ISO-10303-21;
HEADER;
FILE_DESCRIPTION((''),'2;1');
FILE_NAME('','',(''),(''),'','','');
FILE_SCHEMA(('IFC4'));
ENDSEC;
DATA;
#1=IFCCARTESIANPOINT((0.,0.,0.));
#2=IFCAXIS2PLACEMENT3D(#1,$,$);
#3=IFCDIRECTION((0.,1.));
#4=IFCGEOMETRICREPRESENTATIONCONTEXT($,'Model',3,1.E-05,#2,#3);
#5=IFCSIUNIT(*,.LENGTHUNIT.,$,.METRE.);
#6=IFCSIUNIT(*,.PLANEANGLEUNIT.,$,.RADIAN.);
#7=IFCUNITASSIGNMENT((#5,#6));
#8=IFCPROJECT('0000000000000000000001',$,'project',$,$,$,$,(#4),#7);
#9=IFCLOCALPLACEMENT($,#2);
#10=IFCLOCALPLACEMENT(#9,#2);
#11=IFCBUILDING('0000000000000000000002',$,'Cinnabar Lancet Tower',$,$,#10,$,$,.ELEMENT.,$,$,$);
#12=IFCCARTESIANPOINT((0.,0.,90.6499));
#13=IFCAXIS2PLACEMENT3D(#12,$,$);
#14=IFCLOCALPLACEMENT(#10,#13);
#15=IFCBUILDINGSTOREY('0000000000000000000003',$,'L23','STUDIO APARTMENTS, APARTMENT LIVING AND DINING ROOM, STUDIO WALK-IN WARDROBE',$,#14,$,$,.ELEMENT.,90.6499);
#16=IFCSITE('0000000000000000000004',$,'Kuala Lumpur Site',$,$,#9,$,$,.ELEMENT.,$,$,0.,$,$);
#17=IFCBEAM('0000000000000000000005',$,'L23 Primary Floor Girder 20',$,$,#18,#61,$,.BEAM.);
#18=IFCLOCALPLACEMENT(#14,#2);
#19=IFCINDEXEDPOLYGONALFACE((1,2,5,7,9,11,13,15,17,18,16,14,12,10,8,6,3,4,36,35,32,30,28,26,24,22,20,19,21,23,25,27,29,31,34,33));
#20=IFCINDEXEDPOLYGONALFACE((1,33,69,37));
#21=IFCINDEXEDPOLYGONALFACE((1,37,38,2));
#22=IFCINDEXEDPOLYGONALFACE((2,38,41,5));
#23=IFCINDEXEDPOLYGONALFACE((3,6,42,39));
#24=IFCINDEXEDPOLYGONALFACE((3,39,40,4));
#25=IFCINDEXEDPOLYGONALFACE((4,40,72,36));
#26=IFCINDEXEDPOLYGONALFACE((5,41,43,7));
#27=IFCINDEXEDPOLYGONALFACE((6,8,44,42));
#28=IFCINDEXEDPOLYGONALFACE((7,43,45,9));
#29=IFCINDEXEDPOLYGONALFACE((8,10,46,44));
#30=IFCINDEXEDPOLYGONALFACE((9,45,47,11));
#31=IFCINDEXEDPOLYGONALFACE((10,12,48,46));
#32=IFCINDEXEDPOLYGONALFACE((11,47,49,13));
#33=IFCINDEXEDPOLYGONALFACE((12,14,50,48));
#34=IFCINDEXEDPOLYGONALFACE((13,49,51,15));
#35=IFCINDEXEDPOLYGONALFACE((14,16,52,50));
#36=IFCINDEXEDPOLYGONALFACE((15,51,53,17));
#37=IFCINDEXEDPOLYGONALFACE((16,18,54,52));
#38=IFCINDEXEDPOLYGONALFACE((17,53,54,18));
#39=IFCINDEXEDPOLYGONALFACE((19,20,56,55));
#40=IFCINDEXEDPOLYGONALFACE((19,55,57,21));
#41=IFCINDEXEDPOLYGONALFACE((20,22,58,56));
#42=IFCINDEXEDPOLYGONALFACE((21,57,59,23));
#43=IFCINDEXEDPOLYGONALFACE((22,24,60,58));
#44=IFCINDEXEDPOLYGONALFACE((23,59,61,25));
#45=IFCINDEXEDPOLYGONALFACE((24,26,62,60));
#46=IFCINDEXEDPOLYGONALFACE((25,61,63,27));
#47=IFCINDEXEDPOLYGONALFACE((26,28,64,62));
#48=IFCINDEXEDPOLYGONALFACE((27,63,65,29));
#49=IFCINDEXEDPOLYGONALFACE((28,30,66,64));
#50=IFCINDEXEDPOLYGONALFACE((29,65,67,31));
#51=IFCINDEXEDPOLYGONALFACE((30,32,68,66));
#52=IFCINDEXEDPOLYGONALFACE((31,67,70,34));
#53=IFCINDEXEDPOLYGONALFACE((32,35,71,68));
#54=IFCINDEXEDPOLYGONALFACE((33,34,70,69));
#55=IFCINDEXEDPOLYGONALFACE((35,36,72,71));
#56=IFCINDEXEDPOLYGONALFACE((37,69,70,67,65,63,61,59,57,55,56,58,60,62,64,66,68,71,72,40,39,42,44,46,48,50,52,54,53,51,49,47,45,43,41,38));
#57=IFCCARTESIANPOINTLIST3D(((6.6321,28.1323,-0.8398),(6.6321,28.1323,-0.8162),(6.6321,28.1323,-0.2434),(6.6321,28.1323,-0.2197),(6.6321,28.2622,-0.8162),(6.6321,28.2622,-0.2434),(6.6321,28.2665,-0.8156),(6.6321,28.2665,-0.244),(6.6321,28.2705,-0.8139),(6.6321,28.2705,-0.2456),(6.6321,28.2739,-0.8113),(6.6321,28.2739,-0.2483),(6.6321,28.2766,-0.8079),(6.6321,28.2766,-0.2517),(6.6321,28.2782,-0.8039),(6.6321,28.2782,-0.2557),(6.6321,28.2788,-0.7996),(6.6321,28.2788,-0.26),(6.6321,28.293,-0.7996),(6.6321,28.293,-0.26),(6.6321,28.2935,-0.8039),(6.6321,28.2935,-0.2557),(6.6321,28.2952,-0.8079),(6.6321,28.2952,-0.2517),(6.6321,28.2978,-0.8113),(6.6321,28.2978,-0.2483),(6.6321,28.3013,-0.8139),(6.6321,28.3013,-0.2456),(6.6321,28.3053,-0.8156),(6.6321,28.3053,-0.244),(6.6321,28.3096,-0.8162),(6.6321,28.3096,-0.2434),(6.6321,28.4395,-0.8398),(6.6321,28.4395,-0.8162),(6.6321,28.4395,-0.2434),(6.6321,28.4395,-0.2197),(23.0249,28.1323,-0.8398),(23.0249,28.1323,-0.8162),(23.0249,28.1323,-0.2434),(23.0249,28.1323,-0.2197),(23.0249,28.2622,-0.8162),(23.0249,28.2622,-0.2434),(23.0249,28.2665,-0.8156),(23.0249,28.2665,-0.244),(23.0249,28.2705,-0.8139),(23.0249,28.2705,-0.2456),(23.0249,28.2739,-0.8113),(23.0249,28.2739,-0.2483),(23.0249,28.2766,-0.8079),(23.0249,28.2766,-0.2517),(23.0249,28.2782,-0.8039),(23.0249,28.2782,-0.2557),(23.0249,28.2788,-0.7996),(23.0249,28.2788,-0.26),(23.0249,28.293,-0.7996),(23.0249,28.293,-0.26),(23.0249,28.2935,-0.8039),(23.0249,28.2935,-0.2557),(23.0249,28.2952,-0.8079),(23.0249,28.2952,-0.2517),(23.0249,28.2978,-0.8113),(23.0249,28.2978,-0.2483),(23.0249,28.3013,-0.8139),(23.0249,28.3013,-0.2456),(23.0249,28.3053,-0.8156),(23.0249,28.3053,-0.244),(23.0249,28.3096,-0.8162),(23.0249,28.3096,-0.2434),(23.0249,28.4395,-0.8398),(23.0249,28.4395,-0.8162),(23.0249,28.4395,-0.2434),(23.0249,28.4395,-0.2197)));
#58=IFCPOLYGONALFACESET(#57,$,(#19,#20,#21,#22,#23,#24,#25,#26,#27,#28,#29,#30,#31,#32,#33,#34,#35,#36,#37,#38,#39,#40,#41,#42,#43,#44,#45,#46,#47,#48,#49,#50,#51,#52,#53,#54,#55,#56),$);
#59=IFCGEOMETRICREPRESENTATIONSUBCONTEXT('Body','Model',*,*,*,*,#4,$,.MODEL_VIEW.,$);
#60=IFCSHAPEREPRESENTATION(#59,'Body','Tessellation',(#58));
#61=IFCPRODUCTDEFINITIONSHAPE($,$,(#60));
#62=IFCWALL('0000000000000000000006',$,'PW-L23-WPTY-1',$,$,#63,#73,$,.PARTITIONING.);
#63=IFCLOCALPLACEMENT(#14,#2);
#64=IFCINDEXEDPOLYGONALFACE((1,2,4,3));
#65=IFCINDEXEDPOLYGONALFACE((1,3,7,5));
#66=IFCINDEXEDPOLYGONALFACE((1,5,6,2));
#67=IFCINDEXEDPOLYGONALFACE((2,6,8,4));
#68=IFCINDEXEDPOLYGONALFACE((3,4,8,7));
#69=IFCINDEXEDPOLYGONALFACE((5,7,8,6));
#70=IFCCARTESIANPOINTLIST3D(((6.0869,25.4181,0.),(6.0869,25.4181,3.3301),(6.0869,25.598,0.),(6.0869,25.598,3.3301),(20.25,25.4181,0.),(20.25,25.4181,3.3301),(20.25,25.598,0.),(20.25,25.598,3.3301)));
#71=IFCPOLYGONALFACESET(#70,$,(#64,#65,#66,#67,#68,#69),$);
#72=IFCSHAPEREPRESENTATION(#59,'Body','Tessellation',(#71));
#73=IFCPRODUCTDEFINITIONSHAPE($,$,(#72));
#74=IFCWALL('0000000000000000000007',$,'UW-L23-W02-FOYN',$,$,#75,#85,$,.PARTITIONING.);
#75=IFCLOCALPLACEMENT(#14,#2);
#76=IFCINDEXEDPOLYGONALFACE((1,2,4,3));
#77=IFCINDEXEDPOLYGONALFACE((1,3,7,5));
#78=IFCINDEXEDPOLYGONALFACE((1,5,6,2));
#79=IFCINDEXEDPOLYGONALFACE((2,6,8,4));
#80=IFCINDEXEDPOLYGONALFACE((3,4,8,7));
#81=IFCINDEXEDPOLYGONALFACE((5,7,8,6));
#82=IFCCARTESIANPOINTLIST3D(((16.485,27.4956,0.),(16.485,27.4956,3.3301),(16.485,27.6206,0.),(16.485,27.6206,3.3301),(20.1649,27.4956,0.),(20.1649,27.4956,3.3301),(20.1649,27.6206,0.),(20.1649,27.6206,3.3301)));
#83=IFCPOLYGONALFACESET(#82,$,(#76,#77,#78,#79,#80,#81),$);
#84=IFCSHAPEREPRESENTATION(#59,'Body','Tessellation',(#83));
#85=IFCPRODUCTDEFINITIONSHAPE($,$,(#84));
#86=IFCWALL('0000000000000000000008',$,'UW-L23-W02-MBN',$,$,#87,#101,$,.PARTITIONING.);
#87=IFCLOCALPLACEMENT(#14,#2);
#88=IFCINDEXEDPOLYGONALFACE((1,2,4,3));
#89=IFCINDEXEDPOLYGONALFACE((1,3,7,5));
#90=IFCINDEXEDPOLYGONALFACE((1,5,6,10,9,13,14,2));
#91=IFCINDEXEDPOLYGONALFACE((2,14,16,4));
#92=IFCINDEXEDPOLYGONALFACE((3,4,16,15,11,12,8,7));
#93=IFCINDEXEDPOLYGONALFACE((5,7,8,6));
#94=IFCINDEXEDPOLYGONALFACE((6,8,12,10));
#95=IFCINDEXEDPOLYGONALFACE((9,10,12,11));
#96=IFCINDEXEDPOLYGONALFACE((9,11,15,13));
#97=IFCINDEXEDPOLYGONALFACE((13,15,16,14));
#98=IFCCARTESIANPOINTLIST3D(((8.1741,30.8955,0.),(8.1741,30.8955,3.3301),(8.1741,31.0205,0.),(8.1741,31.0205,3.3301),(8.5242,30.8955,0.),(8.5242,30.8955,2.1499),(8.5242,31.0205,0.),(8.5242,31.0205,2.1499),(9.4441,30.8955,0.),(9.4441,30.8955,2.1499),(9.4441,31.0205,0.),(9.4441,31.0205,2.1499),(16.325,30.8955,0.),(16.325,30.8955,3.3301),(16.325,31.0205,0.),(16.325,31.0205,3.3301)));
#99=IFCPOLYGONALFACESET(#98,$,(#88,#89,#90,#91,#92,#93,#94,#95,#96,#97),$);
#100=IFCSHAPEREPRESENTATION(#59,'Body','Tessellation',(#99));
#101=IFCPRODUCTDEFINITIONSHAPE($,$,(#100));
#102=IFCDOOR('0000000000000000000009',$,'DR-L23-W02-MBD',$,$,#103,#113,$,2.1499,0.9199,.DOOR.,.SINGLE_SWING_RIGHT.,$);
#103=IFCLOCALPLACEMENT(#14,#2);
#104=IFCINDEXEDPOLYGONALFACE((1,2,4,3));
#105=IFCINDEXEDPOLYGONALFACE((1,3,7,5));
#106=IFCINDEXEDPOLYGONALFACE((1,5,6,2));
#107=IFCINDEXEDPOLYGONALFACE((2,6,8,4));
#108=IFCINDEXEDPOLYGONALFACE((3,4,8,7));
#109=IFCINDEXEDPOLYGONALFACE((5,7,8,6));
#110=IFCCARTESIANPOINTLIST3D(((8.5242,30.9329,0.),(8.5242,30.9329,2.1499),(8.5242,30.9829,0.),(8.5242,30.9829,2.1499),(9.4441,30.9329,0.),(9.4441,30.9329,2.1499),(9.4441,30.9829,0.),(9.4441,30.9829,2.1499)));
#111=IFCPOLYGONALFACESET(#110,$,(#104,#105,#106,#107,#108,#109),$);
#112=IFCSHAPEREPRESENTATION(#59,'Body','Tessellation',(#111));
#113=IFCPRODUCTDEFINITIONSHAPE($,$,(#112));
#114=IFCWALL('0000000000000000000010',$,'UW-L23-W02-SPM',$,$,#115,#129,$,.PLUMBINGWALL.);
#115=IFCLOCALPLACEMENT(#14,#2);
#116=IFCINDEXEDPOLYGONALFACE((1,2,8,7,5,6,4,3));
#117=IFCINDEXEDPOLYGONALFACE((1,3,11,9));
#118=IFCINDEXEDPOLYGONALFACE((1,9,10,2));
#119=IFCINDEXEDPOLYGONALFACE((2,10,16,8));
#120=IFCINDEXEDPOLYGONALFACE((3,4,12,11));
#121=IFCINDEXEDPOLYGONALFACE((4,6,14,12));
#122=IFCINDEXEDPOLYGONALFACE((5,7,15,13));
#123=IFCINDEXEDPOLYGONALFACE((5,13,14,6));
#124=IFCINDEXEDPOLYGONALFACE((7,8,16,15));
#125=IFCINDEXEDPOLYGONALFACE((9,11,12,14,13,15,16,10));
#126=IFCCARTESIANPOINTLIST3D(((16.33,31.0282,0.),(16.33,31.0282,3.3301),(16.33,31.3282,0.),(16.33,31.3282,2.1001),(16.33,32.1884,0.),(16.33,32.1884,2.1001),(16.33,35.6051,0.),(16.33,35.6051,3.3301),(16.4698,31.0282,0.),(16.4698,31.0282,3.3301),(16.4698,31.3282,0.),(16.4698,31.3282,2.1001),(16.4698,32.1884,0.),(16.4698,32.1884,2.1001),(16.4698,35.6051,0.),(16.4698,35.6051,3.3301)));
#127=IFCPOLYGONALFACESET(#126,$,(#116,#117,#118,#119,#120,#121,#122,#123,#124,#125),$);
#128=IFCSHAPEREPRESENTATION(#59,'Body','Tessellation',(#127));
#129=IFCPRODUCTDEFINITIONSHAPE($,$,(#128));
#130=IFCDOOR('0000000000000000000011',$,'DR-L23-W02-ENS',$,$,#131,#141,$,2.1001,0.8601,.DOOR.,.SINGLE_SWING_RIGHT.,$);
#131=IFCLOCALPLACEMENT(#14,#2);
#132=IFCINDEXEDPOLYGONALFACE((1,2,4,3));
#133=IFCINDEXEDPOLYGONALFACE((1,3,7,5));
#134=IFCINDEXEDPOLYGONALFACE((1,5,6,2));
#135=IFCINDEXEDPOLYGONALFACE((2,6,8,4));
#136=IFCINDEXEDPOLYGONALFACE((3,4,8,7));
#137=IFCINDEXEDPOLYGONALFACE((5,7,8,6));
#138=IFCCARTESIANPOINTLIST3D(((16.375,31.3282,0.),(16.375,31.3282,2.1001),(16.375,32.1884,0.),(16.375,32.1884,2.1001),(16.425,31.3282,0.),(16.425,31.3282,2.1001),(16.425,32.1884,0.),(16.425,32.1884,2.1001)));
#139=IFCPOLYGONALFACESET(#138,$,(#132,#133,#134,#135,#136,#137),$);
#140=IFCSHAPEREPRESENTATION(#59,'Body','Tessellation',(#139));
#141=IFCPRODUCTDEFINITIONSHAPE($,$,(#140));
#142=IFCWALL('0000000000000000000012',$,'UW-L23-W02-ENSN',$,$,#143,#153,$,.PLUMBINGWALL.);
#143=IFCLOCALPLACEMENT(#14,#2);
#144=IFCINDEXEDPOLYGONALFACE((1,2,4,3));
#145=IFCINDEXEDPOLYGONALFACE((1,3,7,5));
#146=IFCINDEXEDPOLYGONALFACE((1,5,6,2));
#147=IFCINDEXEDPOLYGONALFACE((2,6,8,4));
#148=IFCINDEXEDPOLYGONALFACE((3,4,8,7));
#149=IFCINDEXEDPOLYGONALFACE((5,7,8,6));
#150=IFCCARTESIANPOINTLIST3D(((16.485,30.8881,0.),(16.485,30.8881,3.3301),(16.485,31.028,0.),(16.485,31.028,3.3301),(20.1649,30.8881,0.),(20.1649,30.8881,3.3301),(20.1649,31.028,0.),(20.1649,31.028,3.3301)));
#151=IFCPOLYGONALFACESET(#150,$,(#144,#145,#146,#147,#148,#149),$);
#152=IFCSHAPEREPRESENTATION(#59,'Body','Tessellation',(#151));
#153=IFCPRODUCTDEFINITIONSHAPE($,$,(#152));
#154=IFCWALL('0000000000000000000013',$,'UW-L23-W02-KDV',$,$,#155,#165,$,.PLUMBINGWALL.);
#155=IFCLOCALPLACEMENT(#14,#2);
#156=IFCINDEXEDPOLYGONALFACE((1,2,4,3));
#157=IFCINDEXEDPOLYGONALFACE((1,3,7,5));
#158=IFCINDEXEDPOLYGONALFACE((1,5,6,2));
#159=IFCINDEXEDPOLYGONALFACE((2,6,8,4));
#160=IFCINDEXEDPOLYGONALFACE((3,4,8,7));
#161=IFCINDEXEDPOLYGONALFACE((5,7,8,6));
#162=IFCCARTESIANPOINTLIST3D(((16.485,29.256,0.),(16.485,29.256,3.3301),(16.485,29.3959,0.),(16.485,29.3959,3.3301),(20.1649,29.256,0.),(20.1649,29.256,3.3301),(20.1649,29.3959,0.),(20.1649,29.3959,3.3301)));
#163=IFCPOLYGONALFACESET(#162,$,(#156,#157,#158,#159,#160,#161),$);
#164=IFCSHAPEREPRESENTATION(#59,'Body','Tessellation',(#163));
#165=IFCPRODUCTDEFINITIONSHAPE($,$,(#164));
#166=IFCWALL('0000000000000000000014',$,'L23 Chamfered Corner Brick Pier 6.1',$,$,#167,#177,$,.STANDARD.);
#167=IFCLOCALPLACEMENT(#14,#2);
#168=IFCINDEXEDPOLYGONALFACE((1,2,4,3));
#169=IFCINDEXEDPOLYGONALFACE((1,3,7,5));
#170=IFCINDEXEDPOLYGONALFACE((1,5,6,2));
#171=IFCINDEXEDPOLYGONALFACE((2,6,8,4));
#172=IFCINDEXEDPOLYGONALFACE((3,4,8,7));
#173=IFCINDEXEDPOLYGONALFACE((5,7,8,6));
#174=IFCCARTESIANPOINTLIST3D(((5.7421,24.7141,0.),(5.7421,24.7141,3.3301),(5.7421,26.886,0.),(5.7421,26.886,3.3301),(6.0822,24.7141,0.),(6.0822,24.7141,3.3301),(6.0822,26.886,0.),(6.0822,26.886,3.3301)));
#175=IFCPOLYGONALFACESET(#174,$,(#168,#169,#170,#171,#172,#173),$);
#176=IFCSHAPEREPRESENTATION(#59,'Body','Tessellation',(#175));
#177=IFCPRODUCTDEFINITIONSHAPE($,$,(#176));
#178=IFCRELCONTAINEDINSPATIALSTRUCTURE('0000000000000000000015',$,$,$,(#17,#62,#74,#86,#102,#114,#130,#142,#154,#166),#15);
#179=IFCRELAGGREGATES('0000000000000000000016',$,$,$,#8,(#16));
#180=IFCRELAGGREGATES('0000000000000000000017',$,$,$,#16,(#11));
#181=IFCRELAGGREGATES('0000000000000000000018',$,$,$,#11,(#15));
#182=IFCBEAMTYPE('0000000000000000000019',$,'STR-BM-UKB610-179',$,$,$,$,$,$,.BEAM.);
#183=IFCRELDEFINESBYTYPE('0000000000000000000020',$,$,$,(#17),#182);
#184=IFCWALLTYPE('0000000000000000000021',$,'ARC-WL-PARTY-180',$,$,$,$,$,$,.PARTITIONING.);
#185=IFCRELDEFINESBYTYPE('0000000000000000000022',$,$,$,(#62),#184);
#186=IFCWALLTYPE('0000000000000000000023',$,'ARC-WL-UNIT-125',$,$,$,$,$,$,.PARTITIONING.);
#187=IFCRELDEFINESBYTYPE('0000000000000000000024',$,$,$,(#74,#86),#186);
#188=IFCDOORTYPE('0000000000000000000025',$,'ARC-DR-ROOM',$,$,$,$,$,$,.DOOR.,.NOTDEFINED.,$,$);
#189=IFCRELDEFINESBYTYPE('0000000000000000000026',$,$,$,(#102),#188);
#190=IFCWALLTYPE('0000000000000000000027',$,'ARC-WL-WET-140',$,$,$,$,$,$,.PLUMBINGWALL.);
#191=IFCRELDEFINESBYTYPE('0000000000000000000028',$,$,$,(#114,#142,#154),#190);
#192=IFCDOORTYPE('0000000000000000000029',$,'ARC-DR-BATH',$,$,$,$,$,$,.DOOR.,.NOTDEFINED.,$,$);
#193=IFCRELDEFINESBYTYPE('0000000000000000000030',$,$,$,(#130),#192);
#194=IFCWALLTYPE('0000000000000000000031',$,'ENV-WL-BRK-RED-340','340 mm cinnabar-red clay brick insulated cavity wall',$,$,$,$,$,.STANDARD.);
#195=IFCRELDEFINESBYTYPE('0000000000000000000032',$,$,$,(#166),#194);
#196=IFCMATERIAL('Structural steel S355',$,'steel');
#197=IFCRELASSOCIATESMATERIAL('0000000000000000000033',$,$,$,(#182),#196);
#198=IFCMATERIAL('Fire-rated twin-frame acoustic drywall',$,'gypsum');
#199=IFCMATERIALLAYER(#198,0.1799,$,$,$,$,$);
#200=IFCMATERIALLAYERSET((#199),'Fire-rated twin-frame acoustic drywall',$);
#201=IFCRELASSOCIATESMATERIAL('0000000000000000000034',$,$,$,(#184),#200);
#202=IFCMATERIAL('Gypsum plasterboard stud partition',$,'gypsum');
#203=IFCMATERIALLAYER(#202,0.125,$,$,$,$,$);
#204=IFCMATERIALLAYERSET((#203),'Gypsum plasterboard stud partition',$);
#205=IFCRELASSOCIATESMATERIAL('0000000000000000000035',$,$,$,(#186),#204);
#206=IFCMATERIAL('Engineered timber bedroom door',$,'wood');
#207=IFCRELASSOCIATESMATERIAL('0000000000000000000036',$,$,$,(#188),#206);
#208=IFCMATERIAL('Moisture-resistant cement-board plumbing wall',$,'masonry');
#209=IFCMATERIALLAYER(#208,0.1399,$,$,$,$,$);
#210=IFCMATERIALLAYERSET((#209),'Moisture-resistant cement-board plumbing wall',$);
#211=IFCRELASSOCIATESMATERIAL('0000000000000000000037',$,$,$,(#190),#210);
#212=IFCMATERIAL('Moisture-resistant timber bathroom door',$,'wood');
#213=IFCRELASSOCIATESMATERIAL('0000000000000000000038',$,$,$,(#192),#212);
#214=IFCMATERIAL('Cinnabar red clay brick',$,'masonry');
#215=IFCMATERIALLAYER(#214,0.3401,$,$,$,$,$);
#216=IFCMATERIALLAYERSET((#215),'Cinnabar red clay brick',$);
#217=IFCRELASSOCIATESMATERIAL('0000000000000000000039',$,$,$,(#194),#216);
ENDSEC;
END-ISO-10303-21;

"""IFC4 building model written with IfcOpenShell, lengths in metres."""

from ifc_helpers import new_model, si_unit, direction, frame, frame_2d, origin, origin_2d, place, context, subcontext, project, spatial, rectangle, i_section, extrude, material, layer, layer_set, material_profile, profile_set, type_object, element, fill, save


model = new_model("IFC4")

# Units and contexts
model_context = context("Model", 3, precision=1e-05, world=origin(), true_north=direction((0.0, 1.0)))
body_context = subcontext(model_context, "Body", "Model", "MODEL_VIEW")
ifc_project = project(units=[si_unit("LENGTHUNIT", "METRE"), si_unit("PLANEANGLEUNIT", "RADIAN")], contexts=[model_context])

# Site, building, storey
site_placement = place(None, origin())
site = spatial("IfcSite", under=ifc_project, at=site_placement, Name="Kuala Lumpur Site", CompositionType="ELEMENT", RefElevation=0.0)
building_placement = place(site_placement, origin())
building = spatial("IfcBuilding", under=site, at=building_placement, Name="Cinnabar Lancet Tower", CompositionType="ELEMENT")
storey_placement = place(building_placement, frame((0.0, 0.0, 90.6499)))
storey = spatial("IfcBuildingStorey", under=building, at=storey_placement, Name="L23", Description="STUDIO APARTMENTS, APARTMENT LIVING AND DINING ROOM, STUDIO WALK-IN WARDROBE", CompositionType="ELEMENT", Elevation=90.6499)

# Beam
ifc_material_1 = material(Name="Structural steel S355", Category="steel")
ifc_material_profile_1 = material_profile(ifc_material_1, i_section(OverallWidth=0.3071, OverallDepth=0.6201, WebThickness=0.0142, FlangeThickness=0.0237, FilletRadius=0.0166, at=origin_2d()), Name="UKB 610x305x179")
ifc_profile_set_1 = profile_set([ifc_material_profile_1], Name="Structural steel S355")
beam_type_1 = type_object("IfcBeamType", Name="STR-BM-UKB610-179", PredefinedType="BEAM", material=ifc_profile_set_1)
beam_1_placement = place(storey_placement, frame((6.6321, 28.2859, -0.5298), z_axis=(1.0, 0.0, 0.0), x_axis=(0.0, 1.0, 0.0)))
element("IfcBeam", 1, at=beam_1_placement, inside=storey, type_object=beam_type_1, Name="L23 Primary Floor Girder 20", PredefinedType="BEAM", context=body_context, shape_type="SweptSolid", body=[
    extrude(i_section(OverallWidth=0.3071, OverallDepth=0.6201, WebThickness=0.0142, FlangeThickness=0.0237, FilletRadius=0.0166, at=origin_2d()), origin(), (0.0, 0.0, 1.0), 16.3928),
])

# Walls
ifc_material_2 = material(Name="Fire-rated twin-frame acoustic drywall", Category="gypsum")
ifc_layer_1 = layer(ifc_material_2, 0.1799)
ifc_layer_set_1 = layer_set([ifc_layer_1], Name="Fire-rated twin-frame acoustic drywall")
wall_type_1 = type_object("IfcWallType", Name="ARC-WL-PARTY-180", PredefinedType="PARTITIONING", material=ifc_layer_set_1)
wall_1_placement = place(storey_placement, frame((6.0869, 25.5081, 0.0), z_axis=(0.0, 0.0, 1.0), x_axis=(1.0, 0.0, 0.0)))
element("IfcWall", 2, at=wall_1_placement, inside=storey, type_object=wall_type_1, Name="PW-L23-WPTY-1", PredefinedType="PARTITIONING", context=body_context, shape_type="SweptSolid", body=[
    extrude(rectangle(XDim=14.1631, YDim=0.1799, at=frame_2d((7.0815, 0.0))), origin(), (0.0, 0.0, 1.0), 3.3301),
])
ifc_material_3 = material(Name="Gypsum plasterboard stud partition", Category="gypsum")
ifc_layer_2 = layer(ifc_material_3, 0.125)
ifc_layer_set_2 = layer_set([ifc_layer_2], Name="Gypsum plasterboard stud partition")
wall_type_2 = type_object("IfcWallType", Name="ARC-WL-UNIT-125", PredefinedType="PARTITIONING", material=ifc_layer_set_2)
wall_2_placement = place(storey_placement, frame((16.4851, 27.5581, 0.0), z_axis=(0.0, 0.0, 1.0), x_axis=(1.0, 0.0, 0.0)))
element("IfcWall", 3, at=wall_2_placement, inside=storey, type_object=wall_type_2, Name="UW-L23-W02-FOYN", PredefinedType="PARTITIONING", context=body_context, shape_type="SweptSolid", body=[
    extrude(rectangle(XDim=3.6799, YDim=0.125, at=frame_2d((1.8398, 0.0))), origin(), (0.0, 0.0, 1.0), 3.3301),
])

# Wall, opening, door
wall_3_placement = place(storey_placement, frame((8.1741, 30.958, 0.0), z_axis=(0.0, 0.0, 1.0), x_axis=(1.0, 0.0, 0.0)))
wall_3 = element("IfcWall", 4, at=wall_3_placement, inside=storey, type_object=wall_type_2, Name="UW-L23-W02-MBN", PredefinedType="PARTITIONING", context=body_context, shape_type="SweptSolid", body=[
    extrude(rectangle(XDim=8.1509, YDim=0.125, at=frame_2d((4.0754, 0.0))), origin(), (0.0, 0.0, 1.0), 3.3301),
])
opening_1_placement = place(wall_3_placement, frame((0.3501, 0.0, 0.0)))
opening_1 = element("IfcOpeningElement", 5, at=opening_1_placement, cuts=wall_3, PredefinedType="OPENING", context=body_context, shape_type="SweptSolid", body=[
    extrude(rectangle(XDim=0.9199, YDim=2.1499, at=frame_2d((0.46, 1.075))), frame((0.0, 0.0725, 0.0), z_axis=(0.0, -1.0, 0.0), x_axis=(1.0, 0.0, 0.0)), (0.0, 0.0, 1.0), 0.145),
])
ifc_material_4 = material(Name="Engineered timber bedroom door", Category="wood")
door_type_1 = type_object("IfcDoorType", Name="ARC-DR-ROOM", OperationType="NOTDEFINED", PredefinedType="DOOR", material=ifc_material_4)
door_1_placement = place(opening_1_placement, origin())
door_1 = element("IfcDoor", 6, at=door_1_placement, inside=storey, type_object=door_type_1, Name="DR-L23-W02-MBD", OperationType="SINGLE_SWING_RIGHT", OverallHeight=2.1499, OverallWidth=0.9199, PredefinedType="DOOR", context=body_context, shape_type="SweptSolid", body=[
    extrude(rectangle(XDim=0.9199, YDim=2.1499, at=frame_2d((0.46, 1.075))), frame((0.0, 0.0249, 0.0), z_axis=(0.0, -1.0, 0.0), x_axis=(1.0, 0.0, 0.0)), (0.0, 0.0, 1.0), 0.05),
])
fill(opening_1, door_1)

# Shared definitions
ifc_material_5 = material(Name="Moisture-resistant cement-board plumbing wall", Category="masonry")
ifc_layer_3 = layer(ifc_material_5, 0.1399)
ifc_layer_set_3 = layer_set([ifc_layer_3], Name="Moisture-resistant cement-board plumbing wall")
wall_type_3 = type_object("IfcWallType", Name="ARC-WL-WET-140", PredefinedType="PLUMBINGWALL", material=ifc_layer_set_3)
ifc_material_6 = material(Name="Moisture-resistant timber bathroom door", Category="wood")
door_type_2 = type_object("IfcDoorType", Name="ARC-DR-BATH", OperationType="NOTDEFINED", PredefinedType="DOOR", material=ifc_material_6)

# Wall, opening, door
wall_4_placement = place(storey_placement, frame((16.3999, 31.0281, 0.0), z_axis=(0.0, 0.0, 1.0), x_axis=(0.0, 1.0, 0.0)))
wall_4 = element("IfcWall", 7, at=wall_4_placement, inside=storey, type_object=wall_type_3, Name="UW-L23-W02-SPM", PredefinedType="PLUMBINGWALL", context=body_context, shape_type="SweptSolid", body=[
    extrude(rectangle(XDim=4.5769, YDim=0.1399, at=frame_2d((2.2886, 0.0))), origin(), (0.0, 0.0, 1.0), 3.3301),
])
opening_2_placement = place(wall_4_placement, frame((0.3, 0.0, 0.0)))
opening_2 = element("IfcOpeningElement", 8, at=opening_2_placement, cuts=wall_4, PredefinedType="OPENING", context=body_context, shape_type="SweptSolid", body=[
    extrude(rectangle(XDim=0.8601, YDim=2.1001, at=frame_2d((0.4302, 1.05))), frame((0.0, 0.0798, 0.0), z_axis=(0.0, -1.0, 0.0), x_axis=(1.0, 0.0, 0.0)), (0.0, 0.0, 1.0), 0.1599),
])
door_2_placement = place(opening_2_placement, origin())
door_2 = element("IfcDoor", 9, at=door_2_placement, inside=storey, type_object=door_type_2, Name="DR-L23-W02-ENS", OperationType="SINGLE_SWING_RIGHT", OverallHeight=2.1001, OverallWidth=0.8601, PredefinedType="DOOR", context=body_context, shape_type="SweptSolid", body=[
    extrude(rectangle(XDim=0.8601, YDim=2.1001, at=frame_2d((0.4302, 1.05))), frame((0.0, 0.0249, 0.0), z_axis=(0.0, -1.0, 0.0), x_axis=(1.0, 0.0, 0.0)), (0.0, 0.0, 1.0), 0.05),
])
fill(opening_2, door_2)

# Walls
for number, where, z_axis, x_axis, name in (
    (10, (16.4851, 30.958, 0.0), (0.0, 0.0, 1.0), (1.0, 0.0, 0.0), "UW-L23-W02-ENSN"),
    (11, (16.4851, 29.3259, 0.0), (0.0, 0.0, 1.0), (1.0, 0.0, 0.0), "UW-L23-W02-KDV"),
):
    element("IfcWall", number, at=place(storey_placement, frame(where, z_axis=z_axis, x_axis=x_axis)), inside=storey, type_object=wall_type_3, Name=name, PredefinedType="PLUMBINGWALL", context=body_context, shape_type="SweptSolid", body=[
        extrude(rectangle(XDim=3.6799, YDim=0.1399, at=frame_2d((1.8398, 0.0))), origin(), (0.0, 0.0, 1.0), 3.3301),
    ])
ifc_material_7 = material(Name="Cinnabar red clay brick", Category="masonry")
ifc_layer_4 = layer(ifc_material_7, 0.3401)
ifc_layer_set_4 = layer_set([ifc_layer_4], Name="Cinnabar red clay brick")
wall_type_4 = type_object("IfcWallType", Name="ENV-WL-BRK-RED-340", Description="340 mm cinnabar-red clay brick insulated cavity wall", PredefinedType="STANDARD", material=ifc_layer_set_4)
wall_5_placement = place(storey_placement, frame((5.9121, 26.886, 0.0), z_axis=(0.0, 0.0, 1.0), x_axis=(0.0, -1.0, 0.0)))
element("IfcWall", 12, at=wall_5_placement, inside=storey, type_object=wall_type_4, Name="L23 Chamfered Corner Brick Pier 6.1", PredefinedType="STANDARD", context=body_context, shape_type="SweptSolid", body=[
    extrude(rectangle(XDim=2.1719, YDim=0.3401, at=frame_2d((1.0859, 0.0))), origin(), (0.0, 0.0, 1.0), 3.3301),
])

save(model, "model.ifc")
